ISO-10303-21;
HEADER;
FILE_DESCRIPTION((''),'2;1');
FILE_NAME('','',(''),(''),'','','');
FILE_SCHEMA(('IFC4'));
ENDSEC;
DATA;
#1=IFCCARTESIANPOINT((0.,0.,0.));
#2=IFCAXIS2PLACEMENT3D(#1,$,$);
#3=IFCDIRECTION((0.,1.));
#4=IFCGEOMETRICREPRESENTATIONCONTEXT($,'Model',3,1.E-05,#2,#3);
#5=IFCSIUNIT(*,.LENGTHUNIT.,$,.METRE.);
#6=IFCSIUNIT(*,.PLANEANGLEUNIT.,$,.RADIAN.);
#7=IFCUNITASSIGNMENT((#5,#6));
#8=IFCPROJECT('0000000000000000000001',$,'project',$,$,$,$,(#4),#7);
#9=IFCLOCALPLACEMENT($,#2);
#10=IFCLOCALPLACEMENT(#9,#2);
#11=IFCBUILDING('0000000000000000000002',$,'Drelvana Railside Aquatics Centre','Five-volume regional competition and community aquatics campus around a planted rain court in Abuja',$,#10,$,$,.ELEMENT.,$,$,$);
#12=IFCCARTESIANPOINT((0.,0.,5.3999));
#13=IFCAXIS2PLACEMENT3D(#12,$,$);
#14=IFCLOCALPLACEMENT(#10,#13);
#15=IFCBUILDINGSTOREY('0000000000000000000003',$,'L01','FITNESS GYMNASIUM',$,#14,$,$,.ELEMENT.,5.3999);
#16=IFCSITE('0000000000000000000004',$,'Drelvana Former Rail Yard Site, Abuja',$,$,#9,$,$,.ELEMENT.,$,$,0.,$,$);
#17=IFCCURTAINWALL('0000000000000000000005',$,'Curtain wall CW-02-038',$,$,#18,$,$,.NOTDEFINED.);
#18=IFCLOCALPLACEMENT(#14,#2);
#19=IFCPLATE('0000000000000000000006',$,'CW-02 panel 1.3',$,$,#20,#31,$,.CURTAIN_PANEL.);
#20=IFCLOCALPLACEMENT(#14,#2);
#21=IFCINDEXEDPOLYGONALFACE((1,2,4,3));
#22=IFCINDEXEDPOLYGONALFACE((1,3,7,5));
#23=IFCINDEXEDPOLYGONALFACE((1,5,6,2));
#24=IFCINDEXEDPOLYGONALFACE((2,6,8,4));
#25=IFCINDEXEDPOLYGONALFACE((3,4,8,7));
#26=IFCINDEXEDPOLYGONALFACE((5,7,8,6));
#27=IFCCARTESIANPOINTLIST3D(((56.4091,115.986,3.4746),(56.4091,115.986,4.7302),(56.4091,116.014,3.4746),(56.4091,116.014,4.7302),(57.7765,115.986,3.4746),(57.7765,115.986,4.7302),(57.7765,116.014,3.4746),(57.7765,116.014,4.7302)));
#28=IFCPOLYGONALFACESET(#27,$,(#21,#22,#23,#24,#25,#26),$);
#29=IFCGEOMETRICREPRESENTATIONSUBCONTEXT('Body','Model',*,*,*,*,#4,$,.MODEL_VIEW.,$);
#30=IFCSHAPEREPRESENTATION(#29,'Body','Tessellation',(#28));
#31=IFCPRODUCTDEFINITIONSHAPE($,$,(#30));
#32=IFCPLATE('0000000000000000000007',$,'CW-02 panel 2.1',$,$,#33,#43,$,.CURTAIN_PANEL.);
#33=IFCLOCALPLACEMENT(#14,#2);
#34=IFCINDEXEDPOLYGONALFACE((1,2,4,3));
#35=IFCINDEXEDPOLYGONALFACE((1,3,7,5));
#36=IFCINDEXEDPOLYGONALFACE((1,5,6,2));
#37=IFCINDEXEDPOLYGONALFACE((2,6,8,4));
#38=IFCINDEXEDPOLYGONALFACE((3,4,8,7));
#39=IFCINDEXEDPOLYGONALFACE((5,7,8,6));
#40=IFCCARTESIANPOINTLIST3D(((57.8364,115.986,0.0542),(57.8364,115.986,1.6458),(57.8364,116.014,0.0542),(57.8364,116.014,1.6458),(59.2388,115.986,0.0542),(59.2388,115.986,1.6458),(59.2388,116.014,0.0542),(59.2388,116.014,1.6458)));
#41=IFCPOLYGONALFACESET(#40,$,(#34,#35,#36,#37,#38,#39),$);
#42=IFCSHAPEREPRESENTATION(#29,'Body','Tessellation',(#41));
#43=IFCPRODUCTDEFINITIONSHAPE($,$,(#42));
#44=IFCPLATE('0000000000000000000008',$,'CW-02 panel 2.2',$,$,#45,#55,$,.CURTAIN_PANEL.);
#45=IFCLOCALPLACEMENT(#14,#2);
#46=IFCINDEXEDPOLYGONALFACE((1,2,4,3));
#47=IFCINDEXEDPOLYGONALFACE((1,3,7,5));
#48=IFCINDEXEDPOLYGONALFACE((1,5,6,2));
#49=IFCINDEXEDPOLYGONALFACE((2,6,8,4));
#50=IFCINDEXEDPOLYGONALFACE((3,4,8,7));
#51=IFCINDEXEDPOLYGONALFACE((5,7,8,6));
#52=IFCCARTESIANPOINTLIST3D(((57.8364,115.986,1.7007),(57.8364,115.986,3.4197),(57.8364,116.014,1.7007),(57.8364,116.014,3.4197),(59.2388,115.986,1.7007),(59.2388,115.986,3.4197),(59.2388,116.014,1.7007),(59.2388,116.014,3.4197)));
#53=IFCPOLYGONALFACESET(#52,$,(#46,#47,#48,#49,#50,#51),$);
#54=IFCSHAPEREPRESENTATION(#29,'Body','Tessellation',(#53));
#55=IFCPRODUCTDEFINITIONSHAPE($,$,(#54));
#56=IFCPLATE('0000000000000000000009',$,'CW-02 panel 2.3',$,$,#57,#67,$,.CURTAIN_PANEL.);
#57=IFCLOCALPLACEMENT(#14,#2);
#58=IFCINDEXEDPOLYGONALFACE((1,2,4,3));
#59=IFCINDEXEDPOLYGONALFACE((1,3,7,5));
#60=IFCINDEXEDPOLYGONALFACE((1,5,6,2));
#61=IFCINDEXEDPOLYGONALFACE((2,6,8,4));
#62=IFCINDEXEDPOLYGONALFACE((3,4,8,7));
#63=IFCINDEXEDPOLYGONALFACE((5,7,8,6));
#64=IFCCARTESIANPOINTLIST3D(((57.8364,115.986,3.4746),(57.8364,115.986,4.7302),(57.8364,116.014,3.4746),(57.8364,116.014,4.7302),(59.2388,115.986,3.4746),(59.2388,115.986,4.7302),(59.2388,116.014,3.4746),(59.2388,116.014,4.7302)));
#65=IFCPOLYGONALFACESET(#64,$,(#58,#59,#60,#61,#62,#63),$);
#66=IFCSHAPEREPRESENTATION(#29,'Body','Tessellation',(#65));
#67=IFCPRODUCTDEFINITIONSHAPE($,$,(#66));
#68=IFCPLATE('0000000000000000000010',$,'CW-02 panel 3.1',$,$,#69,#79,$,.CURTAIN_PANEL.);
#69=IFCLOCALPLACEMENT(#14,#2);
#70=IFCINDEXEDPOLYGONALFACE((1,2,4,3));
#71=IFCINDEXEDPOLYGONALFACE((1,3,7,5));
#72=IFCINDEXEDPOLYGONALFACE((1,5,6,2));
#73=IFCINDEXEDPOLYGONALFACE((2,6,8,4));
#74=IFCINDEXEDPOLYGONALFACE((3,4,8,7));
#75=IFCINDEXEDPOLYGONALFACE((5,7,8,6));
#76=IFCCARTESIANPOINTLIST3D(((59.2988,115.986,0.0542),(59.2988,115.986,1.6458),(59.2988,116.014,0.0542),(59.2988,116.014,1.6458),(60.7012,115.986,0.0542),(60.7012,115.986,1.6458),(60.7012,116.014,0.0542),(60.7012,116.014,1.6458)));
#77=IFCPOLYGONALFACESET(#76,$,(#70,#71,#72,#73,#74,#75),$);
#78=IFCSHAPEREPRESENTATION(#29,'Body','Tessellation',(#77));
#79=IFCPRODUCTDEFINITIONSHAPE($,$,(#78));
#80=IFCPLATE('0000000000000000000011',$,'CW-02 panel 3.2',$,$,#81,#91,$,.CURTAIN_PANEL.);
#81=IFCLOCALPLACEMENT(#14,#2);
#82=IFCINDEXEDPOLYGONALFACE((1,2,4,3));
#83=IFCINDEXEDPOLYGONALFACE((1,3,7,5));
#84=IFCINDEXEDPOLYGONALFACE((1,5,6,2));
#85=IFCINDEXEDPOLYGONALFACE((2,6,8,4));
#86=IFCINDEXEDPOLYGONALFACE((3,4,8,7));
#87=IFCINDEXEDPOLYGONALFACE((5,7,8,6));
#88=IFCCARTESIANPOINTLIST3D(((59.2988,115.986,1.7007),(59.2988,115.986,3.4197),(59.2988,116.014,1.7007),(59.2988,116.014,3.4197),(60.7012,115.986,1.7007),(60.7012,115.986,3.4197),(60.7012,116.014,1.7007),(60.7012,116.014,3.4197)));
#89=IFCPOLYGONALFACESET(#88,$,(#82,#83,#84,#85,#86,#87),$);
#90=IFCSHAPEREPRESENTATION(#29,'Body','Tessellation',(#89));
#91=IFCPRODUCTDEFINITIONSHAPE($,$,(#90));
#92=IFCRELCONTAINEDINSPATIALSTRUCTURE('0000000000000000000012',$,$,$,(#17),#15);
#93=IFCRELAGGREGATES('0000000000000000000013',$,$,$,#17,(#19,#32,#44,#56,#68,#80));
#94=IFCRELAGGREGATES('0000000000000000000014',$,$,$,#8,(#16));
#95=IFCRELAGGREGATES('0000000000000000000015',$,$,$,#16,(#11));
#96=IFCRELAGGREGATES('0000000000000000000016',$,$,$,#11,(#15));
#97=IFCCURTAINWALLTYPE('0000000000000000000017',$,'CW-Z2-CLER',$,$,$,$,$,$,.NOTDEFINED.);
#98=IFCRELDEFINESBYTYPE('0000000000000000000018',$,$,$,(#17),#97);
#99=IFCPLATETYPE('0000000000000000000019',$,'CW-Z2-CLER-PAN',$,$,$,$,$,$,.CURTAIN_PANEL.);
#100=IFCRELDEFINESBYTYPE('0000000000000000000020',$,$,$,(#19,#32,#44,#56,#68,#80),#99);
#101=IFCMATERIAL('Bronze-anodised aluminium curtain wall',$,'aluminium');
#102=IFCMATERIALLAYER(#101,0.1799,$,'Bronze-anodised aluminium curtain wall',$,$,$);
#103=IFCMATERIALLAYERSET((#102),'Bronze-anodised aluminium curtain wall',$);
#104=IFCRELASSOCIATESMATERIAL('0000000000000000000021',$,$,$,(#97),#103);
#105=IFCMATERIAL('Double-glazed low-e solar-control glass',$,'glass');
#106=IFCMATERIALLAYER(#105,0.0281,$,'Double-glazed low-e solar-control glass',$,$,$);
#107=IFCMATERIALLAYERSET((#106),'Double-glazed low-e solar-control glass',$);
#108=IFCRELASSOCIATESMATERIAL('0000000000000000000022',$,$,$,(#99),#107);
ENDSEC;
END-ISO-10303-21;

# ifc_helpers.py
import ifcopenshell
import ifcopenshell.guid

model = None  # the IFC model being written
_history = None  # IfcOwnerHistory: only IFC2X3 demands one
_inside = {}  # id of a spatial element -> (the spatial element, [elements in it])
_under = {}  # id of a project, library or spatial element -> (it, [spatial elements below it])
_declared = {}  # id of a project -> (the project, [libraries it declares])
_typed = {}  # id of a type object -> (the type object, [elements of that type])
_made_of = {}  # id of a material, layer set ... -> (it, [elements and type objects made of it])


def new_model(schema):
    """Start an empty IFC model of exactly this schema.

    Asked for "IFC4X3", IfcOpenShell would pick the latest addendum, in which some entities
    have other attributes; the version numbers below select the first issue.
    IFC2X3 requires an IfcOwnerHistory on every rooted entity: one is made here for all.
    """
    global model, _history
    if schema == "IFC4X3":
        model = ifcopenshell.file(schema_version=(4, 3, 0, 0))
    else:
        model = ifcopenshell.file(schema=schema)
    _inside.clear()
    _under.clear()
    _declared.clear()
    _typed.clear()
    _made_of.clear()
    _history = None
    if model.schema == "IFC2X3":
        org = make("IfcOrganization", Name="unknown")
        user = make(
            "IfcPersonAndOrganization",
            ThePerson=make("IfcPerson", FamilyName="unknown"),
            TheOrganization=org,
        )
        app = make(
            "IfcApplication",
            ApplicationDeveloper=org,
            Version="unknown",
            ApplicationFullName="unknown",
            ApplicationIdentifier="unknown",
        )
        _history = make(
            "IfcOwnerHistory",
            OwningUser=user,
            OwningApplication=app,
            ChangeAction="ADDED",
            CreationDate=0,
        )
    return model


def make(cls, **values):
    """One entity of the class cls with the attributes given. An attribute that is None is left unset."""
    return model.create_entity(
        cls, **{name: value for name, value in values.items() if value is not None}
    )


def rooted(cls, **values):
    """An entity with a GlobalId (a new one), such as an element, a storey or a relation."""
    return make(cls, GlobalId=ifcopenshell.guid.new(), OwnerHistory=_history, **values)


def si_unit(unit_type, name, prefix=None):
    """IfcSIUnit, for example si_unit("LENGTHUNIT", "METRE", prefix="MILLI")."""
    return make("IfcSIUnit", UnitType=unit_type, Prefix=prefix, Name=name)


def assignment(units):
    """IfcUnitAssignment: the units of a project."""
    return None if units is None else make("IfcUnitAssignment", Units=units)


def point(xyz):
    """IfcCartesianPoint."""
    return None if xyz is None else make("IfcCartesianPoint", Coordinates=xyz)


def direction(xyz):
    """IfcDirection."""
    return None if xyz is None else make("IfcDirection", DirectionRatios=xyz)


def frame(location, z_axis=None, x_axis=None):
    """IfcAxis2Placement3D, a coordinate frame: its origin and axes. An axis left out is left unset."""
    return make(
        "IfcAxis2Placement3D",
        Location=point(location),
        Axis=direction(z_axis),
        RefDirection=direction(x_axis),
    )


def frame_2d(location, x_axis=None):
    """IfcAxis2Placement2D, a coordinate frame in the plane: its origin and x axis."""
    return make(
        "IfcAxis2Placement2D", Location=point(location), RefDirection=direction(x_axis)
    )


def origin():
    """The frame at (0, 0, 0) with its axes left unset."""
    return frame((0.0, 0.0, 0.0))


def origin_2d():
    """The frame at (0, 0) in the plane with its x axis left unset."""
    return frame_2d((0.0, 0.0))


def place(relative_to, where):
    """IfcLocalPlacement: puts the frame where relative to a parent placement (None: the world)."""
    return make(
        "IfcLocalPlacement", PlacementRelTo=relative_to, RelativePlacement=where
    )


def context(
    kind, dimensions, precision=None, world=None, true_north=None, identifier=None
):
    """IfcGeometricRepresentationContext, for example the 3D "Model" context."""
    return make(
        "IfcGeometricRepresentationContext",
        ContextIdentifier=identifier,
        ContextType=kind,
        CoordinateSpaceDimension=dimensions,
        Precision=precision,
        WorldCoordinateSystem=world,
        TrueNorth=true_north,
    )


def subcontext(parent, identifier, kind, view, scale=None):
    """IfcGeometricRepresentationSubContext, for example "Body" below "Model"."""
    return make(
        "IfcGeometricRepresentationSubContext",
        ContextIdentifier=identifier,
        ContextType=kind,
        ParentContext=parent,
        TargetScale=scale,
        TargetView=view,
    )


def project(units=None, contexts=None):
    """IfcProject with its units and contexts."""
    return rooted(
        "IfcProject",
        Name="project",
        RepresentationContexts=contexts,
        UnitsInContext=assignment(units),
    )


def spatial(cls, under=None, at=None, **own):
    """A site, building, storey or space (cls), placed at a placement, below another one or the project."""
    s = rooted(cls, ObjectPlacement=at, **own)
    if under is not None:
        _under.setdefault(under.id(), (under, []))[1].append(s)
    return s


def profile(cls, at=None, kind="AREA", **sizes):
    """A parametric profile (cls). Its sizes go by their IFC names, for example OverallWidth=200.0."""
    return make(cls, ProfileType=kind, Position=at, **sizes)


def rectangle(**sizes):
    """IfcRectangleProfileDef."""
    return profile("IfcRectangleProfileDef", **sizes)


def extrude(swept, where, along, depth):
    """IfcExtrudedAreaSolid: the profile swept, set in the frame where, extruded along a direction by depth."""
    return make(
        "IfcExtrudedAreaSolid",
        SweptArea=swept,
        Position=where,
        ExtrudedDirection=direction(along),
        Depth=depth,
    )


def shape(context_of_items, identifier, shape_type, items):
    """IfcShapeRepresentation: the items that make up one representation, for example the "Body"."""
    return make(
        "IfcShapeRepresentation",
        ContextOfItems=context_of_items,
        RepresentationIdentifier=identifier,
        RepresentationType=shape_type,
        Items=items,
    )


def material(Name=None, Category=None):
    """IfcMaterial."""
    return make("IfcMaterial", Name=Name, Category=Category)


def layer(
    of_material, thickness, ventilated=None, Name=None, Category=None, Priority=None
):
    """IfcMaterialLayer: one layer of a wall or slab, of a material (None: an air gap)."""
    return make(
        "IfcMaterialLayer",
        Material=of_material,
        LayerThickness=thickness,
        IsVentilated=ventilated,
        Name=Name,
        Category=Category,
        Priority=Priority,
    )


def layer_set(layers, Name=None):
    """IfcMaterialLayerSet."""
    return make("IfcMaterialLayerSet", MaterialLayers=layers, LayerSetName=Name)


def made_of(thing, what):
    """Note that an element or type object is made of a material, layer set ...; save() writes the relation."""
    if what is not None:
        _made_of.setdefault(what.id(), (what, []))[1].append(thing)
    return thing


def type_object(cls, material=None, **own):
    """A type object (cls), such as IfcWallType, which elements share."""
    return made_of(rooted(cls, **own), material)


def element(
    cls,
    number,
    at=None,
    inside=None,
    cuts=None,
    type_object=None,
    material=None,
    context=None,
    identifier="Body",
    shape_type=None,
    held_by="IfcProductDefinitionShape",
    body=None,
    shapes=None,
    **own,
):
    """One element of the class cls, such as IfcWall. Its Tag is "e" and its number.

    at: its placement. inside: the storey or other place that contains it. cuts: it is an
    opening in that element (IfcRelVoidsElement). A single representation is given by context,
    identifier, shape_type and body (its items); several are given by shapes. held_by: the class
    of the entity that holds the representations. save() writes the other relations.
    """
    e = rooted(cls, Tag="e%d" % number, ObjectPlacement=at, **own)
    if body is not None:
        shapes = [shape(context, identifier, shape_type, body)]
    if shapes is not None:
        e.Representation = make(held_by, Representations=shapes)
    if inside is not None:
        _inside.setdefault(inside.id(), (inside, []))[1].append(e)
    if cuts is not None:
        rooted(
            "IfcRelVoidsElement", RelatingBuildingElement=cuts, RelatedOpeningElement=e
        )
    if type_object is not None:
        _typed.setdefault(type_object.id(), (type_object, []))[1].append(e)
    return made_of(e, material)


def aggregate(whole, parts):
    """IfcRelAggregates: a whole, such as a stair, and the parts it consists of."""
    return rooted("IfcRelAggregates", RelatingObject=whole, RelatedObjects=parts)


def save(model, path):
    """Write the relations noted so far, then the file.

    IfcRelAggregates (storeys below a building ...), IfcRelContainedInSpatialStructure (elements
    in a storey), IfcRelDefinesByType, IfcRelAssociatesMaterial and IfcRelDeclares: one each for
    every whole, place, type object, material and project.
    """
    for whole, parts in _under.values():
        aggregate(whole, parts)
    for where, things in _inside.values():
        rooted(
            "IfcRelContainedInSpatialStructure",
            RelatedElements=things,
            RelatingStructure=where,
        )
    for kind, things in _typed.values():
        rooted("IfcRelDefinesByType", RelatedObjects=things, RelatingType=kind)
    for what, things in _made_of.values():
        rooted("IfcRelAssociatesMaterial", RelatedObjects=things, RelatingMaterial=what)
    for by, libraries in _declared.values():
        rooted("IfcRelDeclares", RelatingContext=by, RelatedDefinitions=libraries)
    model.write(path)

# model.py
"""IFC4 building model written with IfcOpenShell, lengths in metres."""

from ifc_helpers import new_model, si_unit, direction, frame, origin, origin_2d, place, context, subcontext, project, spatial, rectangle, extrude, material, layer, layer_set, type_object, element, aggregate, save


model = new_model("IFC4")

# Units and contexts
model_context = context("Model", 3, precision=1e-05, world=origin(), true_north=direction((0.0, 1.0)))
body_context = subcontext(model_context, "Body", "Model", "MODEL_VIEW")
ifc_project = project(units=[si_unit("LENGTHUNIT", "METRE"), si_unit("PLANEANGLEUNIT", "RADIAN")], contexts=[model_context])

# Site, building, storey
site_placement = place(None, origin())
site = spatial("IfcSite", under=ifc_project, at=site_placement, Name="Drelvana Former Rail Yard Site, Abuja", CompositionType="ELEMENT", RefElevation=0.0)
building_placement = place(site_placement, origin())
building = spatial("IfcBuilding", under=site, at=building_placement, Name="Drelvana Railside Aquatics Centre", Description="Five-volume regional competition and community aquatics campus around a planted rain court in Abuja", CompositionType="ELEMENT")
storey_placement = place(building_placement, frame((0.0, 0.0, 5.3999)))
storey = spatial("IfcBuildingStorey", under=building, at=storey_placement, Name="L01", Description="FITNESS GYMNASIUM", CompositionType="ELEMENT", Elevation=5.3999)

# Curtain wall
ifc_material_1 = material(Name="Bronze-anodised aluminium curtain wall", Category="aluminium")
ifc_layer_1 = layer(ifc_material_1, 0.1799, Name="Bronze-anodised aluminium curtain wall")
ifc_layer_set_1 = layer_set([ifc_layer_1], Name="Bronze-anodised aluminium curtain wall")
curtain_wall_type = type_object("IfcCurtainWallType", Name="CW-Z2-CLER", PredefinedType="NOTDEFINED", material=ifc_layer_set_1)
curtain_wall_1_placement = place(storey_placement, origin())
curtain_wall_1 = element("IfcCurtainWall", 1, at=curtain_wall_1_placement, inside=storey, type_object=curtain_wall_type, Name="Curtain wall CW-02-038", PredefinedType="NOTDEFINED")

# Plates
ifc_material_2 = material(Name="Double-glazed low-e solar-control glass", Category="glass")
ifc_layer_2 = layer(ifc_material_2, 0.0281, Name="Double-glazed low-e solar-control glass")
ifc_layer_set_2 = layer_set([ifc_layer_2], Name="Double-glazed low-e solar-control glass")
plate_type = type_object("IfcPlateType", Name="CW-Z2-CLER-PAN", PredefinedType="CURTAIN_PANEL", material=ifc_layer_set_2)
plate_1_placement = place(storey_placement, frame((57.0928, 116.0, 3.4746), z_axis=(0.0, 0.0, 1.0), x_axis=(1.0, 0.0, 0.0)))
plate_1 = element("IfcPlate", 2, at=plate_1_placement, type_object=plate_type, Name="CW-02 panel 1.3", PredefinedType="CURTAIN_PANEL", context=body_context, shape_type="SweptSolid", body=[
    extrude(rectangle(XDim=1.3674, YDim=0.0281, at=origin_2d()), origin(), (0.0, 0.0, 1.0), 1.2556),
])
plate_2_placement = place(storey_placement, frame((58.5376, 116.0, 0.0542), z_axis=(0.0, 0.0, 1.0), x_axis=(1.0, 0.0, 0.0)))
plate_2 = element("IfcPlate", 3, at=plate_2_placement, type_object=plate_type, Name="CW-02 panel 2.1", PredefinedType="CURTAIN_PANEL", context=body_context, shape_type="SweptSolid", body=[
    extrude(rectangle(XDim=1.4023, YDim=0.0281, at=origin_2d()), origin(), (0.0, 0.0, 1.0), 1.5916),
])
plate_3_placement = place(storey_placement, frame((58.5376, 116.0, 1.7007), z_axis=(0.0, 0.0, 1.0), x_axis=(1.0, 0.0, 0.0)))
plate_3 = element("IfcPlate", 4, at=plate_3_placement, type_object=plate_type, Name="CW-02 panel 2.2", PredefinedType="CURTAIN_PANEL", context=body_context, shape_type="SweptSolid", body=[
    extrude(rectangle(XDim=1.4023, YDim=0.0281, at=origin_2d()), origin(), (0.0, 0.0, 1.0), 1.719),
])
plate_4_placement = place(storey_placement, frame((58.5376, 116.0, 3.4746), z_axis=(0.0, 0.0, 1.0), x_axis=(1.0, 0.0, 0.0)))
plate_4 = element("IfcPlate", 5, at=plate_4_placement, type_object=plate_type, Name="CW-02 panel 2.3", PredefinedType="CURTAIN_PANEL", context=body_context, shape_type="SweptSolid", body=[
    extrude(rectangle(XDim=1.4023, YDim=0.0281, at=origin_2d()), origin(), (0.0, 0.0, 1.0), 1.2556),
])
plate_5_placement = place(storey_placement, frame((60.0, 116.0, 0.0542), z_axis=(0.0, 0.0, 1.0), x_axis=(1.0, 0.0, 0.0)))
plate_5 = element("IfcPlate", 6, at=plate_5_placement, type_object=plate_type, Name="CW-02 panel 3.1", PredefinedType="CURTAIN_PANEL", context=body_context, shape_type="SweptSolid", body=[
    extrude(rectangle(XDim=1.4023, YDim=0.0281, at=origin_2d()), origin(), (0.0, 0.0, 1.0), 1.5916),
])
plate_6_placement = place(storey_placement, frame((60.0, 116.0, 1.7007), z_axis=(0.0, 0.0, 1.0), x_axis=(1.0, 0.0, 0.0)))
plate_6 = element("IfcPlate", 7, at=plate_6_placement, type_object=plate_type, Name="CW-02 panel 3.2", PredefinedType="CURTAIN_PANEL", context=body_context, shape_type="SweptSolid", body=[
    extrude(rectangle(XDim=1.4023, YDim=0.0281, at=origin_2d()), origin(), (0.0, 0.0, 1.0), 1.719),
])
aggregate(curtain_wall_1, [plate_1, plate_2, plate_3, plate_4, plate_5, plate_6])

save(model, "model.ifc")
